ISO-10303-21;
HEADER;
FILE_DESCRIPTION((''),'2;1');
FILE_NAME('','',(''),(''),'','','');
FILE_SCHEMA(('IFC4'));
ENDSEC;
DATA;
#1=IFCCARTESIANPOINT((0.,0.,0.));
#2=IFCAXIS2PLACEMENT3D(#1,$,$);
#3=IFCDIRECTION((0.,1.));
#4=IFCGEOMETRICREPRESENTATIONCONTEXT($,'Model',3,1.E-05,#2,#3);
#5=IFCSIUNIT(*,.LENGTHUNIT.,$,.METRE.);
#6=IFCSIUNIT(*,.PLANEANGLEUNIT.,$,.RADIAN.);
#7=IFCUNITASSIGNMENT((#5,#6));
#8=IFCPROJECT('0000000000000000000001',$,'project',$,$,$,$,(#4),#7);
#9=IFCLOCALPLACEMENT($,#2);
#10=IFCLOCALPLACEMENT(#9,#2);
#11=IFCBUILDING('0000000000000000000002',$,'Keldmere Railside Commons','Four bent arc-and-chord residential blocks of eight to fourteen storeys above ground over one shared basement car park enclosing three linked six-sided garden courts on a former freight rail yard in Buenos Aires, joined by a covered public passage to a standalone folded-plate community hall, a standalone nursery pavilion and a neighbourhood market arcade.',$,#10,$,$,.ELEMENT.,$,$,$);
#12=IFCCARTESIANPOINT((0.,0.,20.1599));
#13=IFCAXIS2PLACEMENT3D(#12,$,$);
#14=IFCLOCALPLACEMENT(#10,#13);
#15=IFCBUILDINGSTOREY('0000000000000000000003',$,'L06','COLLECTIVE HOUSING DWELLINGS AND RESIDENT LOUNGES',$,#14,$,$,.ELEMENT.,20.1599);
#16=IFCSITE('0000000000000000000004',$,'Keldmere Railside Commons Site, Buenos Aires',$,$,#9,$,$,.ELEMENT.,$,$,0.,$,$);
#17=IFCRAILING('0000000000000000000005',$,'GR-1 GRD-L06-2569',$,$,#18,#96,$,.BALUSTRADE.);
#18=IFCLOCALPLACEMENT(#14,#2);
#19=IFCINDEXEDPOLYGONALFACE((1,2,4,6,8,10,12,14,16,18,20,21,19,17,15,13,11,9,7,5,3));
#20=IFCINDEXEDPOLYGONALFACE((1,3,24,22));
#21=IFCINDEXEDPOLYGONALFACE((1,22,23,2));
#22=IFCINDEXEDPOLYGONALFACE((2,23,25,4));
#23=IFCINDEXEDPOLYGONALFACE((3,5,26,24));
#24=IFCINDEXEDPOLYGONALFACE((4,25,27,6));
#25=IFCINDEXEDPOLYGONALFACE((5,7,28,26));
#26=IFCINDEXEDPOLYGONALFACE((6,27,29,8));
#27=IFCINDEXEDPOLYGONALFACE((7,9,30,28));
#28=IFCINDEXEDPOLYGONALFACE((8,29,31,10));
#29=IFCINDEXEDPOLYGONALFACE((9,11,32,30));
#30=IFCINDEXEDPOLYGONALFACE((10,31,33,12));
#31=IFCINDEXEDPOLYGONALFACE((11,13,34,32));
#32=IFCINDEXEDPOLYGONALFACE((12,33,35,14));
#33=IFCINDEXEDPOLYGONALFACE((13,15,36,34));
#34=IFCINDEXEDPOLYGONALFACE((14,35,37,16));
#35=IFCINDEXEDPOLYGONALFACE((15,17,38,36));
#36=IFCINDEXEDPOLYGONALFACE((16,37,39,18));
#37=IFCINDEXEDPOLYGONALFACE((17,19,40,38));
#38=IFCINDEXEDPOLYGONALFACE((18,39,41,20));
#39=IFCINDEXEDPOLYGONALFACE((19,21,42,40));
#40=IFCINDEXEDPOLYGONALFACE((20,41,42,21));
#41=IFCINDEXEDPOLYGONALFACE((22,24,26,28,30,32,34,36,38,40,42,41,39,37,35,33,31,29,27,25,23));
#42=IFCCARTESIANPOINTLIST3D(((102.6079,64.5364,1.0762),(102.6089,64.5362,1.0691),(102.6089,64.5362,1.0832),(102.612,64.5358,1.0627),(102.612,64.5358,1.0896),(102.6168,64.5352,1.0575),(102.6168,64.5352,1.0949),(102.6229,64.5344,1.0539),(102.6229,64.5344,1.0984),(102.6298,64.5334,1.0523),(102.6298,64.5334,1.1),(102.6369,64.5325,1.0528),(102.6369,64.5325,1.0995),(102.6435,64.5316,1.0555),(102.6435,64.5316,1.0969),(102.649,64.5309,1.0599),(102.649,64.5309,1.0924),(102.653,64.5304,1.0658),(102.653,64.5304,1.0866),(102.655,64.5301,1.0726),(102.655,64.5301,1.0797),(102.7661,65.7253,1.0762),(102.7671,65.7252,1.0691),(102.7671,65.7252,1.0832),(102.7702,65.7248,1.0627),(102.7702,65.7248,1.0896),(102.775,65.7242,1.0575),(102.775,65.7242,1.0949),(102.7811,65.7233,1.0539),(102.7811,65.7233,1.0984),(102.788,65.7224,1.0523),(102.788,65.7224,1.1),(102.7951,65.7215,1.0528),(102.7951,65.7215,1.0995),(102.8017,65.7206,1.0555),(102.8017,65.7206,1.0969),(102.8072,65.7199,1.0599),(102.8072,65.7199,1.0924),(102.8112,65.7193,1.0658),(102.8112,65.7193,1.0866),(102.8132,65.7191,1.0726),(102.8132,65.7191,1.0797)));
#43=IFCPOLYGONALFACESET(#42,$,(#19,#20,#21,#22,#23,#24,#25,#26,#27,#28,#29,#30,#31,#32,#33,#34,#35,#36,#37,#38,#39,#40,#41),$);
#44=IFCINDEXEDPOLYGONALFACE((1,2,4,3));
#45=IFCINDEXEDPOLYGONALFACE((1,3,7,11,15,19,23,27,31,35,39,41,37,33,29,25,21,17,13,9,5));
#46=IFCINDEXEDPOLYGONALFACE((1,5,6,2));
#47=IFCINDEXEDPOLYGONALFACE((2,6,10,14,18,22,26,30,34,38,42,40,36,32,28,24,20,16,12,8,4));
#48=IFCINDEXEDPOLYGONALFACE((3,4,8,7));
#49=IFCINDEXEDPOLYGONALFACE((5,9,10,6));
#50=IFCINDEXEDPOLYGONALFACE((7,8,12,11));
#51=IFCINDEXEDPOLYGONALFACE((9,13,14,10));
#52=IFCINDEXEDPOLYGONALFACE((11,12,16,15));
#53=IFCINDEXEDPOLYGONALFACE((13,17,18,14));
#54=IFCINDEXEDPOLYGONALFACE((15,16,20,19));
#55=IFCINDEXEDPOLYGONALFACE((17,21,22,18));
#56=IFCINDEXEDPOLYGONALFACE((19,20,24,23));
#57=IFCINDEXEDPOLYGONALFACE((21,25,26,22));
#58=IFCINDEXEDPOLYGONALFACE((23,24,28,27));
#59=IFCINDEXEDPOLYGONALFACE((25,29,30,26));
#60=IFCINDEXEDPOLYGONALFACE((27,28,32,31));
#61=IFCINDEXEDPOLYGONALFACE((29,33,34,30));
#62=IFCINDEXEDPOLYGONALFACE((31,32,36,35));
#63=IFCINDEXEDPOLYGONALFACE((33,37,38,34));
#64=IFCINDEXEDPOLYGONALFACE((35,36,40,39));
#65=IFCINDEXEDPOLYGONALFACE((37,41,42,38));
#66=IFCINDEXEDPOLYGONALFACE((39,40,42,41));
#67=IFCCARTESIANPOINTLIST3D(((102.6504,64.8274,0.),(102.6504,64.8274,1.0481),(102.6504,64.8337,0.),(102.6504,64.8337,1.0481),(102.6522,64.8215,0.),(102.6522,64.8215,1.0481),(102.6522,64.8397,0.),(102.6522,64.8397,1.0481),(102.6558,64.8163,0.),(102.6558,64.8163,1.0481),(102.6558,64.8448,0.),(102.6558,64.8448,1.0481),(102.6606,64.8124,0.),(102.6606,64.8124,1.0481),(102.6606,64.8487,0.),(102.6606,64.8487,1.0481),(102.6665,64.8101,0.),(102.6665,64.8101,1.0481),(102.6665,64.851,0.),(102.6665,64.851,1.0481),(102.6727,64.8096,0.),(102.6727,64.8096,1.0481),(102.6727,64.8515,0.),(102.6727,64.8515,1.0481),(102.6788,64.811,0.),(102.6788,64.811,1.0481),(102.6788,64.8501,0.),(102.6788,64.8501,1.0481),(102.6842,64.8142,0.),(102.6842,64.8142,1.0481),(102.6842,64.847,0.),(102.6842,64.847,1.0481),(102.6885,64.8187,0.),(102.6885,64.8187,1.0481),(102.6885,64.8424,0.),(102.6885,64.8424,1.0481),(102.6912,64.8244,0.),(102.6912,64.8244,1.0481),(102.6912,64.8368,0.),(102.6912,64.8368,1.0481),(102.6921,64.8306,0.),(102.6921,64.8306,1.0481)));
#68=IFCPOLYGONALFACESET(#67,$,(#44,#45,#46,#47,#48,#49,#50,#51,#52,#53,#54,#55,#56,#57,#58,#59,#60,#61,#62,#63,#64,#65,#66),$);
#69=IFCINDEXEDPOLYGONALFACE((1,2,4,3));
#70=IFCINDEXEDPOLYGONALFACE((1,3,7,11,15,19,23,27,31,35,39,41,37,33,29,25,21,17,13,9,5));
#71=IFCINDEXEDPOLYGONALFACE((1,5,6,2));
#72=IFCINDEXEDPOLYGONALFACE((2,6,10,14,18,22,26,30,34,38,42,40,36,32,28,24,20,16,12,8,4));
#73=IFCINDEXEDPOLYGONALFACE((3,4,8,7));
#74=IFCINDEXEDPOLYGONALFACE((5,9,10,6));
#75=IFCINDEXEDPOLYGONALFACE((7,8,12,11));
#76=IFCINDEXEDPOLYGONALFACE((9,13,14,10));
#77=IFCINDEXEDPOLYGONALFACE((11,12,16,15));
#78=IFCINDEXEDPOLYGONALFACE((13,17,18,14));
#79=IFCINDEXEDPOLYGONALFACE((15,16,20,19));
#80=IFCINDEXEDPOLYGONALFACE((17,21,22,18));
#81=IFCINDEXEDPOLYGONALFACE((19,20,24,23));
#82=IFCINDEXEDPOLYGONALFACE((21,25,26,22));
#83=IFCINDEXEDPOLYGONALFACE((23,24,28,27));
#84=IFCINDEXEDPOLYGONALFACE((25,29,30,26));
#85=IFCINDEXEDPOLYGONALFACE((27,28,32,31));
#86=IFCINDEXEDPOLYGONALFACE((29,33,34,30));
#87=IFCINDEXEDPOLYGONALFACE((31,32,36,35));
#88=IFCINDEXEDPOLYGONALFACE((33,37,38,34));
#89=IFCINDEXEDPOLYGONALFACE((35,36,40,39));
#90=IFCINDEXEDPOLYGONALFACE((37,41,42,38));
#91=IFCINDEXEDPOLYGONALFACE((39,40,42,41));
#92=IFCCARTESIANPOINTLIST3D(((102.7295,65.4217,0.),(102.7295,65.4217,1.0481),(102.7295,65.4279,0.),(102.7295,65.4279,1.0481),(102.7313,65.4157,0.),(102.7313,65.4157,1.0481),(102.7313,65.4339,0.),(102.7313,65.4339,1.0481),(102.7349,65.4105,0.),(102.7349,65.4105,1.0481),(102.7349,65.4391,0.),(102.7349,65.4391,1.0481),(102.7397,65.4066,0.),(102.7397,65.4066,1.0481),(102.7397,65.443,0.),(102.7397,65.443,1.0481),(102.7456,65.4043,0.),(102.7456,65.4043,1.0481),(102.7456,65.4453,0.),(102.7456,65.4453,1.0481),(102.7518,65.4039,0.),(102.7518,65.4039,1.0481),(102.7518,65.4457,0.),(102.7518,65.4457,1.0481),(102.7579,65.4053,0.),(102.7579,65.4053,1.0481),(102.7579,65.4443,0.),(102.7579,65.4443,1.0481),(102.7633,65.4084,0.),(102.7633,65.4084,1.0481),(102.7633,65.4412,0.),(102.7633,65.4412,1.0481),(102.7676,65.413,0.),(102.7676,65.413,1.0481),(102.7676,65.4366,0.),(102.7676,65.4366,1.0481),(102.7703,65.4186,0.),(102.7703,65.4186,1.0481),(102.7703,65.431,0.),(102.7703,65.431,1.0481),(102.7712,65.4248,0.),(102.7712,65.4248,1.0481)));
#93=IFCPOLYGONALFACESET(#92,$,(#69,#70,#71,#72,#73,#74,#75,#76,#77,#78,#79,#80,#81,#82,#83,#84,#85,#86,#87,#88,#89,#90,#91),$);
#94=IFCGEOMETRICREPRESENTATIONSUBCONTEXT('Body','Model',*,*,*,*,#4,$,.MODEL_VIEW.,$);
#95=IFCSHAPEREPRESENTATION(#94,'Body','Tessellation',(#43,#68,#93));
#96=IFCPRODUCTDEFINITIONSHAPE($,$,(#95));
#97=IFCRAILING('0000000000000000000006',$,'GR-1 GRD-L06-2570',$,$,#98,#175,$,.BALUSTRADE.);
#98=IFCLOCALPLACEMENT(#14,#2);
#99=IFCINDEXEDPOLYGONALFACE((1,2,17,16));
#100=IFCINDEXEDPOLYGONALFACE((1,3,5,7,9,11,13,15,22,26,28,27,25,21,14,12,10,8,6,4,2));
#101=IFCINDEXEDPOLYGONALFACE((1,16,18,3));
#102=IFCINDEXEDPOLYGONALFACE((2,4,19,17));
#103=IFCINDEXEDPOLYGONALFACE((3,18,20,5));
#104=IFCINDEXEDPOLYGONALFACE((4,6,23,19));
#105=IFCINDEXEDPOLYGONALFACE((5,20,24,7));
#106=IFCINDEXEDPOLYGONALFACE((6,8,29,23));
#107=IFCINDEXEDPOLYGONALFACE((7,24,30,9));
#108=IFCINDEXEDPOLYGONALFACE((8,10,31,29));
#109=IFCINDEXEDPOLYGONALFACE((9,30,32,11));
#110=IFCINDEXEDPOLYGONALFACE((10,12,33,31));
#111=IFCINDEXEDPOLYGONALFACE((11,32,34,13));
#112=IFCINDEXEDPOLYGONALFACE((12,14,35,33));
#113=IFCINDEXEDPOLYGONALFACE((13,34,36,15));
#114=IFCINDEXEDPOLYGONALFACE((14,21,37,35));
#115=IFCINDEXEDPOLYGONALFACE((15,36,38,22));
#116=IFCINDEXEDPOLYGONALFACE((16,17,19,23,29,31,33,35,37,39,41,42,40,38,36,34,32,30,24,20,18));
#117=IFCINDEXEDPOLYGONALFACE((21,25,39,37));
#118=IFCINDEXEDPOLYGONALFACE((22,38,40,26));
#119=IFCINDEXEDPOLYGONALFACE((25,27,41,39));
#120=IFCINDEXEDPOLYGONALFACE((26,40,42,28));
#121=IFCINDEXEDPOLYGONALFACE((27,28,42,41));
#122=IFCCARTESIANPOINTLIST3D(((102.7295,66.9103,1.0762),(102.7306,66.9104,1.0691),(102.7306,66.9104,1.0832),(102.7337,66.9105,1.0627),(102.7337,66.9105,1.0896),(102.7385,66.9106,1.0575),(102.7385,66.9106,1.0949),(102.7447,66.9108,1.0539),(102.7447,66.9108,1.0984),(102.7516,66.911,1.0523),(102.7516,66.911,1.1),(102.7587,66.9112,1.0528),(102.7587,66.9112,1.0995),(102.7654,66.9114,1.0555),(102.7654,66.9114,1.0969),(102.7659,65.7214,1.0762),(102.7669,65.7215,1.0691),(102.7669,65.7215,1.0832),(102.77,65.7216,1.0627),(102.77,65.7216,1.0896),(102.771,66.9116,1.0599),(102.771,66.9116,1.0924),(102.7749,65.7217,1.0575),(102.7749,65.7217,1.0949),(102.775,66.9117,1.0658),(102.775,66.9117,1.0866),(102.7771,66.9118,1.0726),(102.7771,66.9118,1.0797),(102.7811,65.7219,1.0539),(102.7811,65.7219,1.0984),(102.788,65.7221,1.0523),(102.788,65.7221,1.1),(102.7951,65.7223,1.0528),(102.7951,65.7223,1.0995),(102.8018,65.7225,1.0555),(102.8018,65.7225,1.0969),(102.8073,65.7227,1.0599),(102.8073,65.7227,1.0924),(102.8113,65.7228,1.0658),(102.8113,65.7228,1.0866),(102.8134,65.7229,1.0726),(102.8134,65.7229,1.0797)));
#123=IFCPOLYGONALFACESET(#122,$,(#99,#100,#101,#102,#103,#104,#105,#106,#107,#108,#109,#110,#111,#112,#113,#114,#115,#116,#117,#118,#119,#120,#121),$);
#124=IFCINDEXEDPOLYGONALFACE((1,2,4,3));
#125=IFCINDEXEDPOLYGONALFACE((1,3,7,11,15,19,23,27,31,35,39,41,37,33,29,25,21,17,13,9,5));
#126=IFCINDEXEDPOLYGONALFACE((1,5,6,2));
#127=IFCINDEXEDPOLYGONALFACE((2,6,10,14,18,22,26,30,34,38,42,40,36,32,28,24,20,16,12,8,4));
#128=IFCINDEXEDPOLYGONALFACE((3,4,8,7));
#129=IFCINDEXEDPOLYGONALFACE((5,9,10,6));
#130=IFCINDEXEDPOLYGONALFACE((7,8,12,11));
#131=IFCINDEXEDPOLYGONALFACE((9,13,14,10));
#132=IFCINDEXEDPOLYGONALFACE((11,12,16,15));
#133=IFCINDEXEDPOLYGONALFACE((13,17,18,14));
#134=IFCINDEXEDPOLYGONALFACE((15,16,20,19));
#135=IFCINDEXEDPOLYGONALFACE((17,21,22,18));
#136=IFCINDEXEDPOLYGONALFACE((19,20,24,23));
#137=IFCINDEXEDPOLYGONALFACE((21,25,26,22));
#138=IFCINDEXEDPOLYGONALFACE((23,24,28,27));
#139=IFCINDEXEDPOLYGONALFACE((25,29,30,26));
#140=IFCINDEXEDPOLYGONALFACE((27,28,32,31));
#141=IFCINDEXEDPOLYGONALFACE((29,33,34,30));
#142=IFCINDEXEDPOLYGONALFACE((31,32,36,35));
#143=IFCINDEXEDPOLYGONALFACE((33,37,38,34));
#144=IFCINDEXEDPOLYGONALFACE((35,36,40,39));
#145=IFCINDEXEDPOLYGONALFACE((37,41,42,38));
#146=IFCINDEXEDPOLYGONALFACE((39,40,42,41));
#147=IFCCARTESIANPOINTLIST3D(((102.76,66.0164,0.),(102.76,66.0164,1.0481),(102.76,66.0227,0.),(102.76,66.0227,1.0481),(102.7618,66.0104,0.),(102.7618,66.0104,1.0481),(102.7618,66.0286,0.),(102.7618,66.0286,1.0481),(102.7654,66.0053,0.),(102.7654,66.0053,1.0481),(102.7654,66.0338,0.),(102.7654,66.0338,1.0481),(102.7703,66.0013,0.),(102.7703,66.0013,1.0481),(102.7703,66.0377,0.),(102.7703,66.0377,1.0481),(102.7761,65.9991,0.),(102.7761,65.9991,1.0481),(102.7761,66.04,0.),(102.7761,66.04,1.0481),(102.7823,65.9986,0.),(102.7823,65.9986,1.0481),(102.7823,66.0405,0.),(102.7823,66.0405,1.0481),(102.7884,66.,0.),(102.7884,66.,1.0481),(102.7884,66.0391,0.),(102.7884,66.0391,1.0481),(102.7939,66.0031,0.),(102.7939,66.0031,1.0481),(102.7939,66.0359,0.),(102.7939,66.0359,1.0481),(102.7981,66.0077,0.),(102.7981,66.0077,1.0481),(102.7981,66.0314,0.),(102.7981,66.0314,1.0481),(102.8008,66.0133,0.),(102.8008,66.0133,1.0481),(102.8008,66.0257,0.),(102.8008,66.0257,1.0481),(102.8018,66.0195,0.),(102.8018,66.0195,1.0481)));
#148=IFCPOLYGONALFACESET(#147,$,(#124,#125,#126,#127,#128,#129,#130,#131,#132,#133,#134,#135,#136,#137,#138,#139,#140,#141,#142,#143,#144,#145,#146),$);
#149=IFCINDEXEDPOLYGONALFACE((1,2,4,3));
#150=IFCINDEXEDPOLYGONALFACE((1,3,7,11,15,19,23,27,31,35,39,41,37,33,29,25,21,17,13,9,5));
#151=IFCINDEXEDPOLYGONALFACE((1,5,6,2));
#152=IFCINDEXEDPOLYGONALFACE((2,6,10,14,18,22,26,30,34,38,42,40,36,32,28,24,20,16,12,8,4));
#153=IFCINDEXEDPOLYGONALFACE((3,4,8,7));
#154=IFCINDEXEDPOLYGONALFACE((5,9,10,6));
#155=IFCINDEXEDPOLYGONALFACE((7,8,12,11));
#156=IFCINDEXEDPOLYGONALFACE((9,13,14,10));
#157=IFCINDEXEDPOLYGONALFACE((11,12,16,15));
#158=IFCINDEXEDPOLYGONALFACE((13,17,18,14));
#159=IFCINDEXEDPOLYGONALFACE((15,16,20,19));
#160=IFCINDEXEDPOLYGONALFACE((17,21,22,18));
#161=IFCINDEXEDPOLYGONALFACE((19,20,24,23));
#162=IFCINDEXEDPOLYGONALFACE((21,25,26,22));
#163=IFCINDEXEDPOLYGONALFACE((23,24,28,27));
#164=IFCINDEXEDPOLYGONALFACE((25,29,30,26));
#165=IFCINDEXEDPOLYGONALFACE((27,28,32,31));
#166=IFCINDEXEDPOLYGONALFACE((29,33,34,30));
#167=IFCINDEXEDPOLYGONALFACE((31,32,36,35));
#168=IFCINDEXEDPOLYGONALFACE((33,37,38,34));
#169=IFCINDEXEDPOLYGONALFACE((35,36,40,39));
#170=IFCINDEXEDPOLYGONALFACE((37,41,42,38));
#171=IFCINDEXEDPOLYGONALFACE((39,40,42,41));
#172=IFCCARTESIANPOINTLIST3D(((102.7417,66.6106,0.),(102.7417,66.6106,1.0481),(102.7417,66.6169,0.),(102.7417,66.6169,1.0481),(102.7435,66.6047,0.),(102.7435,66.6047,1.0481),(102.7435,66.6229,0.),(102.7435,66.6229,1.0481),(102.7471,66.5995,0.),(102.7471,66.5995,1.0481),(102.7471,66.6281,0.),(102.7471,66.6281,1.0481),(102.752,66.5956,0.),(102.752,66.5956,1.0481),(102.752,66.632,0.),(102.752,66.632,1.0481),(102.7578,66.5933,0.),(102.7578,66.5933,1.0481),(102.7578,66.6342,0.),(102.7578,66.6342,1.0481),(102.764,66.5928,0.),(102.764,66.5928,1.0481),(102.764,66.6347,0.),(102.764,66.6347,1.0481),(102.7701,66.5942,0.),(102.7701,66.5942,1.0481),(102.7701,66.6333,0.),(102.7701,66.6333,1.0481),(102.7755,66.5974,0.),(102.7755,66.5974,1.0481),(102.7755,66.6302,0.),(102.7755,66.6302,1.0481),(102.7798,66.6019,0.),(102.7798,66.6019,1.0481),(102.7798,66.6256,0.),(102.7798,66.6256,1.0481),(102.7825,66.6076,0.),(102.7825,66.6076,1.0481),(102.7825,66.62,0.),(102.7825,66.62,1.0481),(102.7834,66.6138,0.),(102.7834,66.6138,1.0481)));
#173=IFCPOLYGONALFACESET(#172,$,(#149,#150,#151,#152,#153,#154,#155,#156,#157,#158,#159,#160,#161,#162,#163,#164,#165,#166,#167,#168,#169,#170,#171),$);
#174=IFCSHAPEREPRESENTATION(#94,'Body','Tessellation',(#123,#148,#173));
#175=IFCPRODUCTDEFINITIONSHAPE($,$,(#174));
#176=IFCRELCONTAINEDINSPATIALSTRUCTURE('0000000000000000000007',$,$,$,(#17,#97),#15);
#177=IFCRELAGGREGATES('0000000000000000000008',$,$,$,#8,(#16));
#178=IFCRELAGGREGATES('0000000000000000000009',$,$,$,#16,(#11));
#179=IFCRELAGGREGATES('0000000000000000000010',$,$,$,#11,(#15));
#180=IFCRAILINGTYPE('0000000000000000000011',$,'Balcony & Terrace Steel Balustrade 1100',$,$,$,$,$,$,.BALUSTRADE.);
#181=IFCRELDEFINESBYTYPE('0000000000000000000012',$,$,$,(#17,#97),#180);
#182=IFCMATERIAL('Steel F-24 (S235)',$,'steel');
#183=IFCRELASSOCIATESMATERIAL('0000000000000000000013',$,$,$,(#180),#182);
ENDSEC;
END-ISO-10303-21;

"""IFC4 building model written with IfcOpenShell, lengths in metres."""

from ifc_helpers import new_model, si_unit, direction, frame, origin, origin_2d, place, context, subcontext, project, spatial, circle, extrude, material, type_object, element, save


model = new_model("IFC4")

# Units and contexts
model_context = context("Model", 3, precision=1e-05, world=origin(), true_north=direction((0.0, 1.0)))
body_context = subcontext(model_context, "Body", "Model", "MODEL_VIEW")
ifc_project = project(units=[si_unit("LENGTHUNIT", "METRE"), si_unit("PLANEANGLEUNIT", "RADIAN")], contexts=[model_context])

# Site, building, storey
site_placement = place(None, origin())
site = spatial("IfcSite", under=ifc_project, at=site_placement, Name="Keldmere Railside Commons Site, Buenos Aires", CompositionType="ELEMENT", RefElevation=0.0)
building_placement = place(site_placement, origin())
building = spatial("IfcBuilding", under=site, at=building_placement, Name="Keldmere Railside Commons", Description="Four bent arc-and-chord residential blocks of eight to fourteen storeys above ground over one shared basement car park enclosing three linked six-sided garden courts on a former freight rail yard in Buenos Aires, joined by a covered public passage to a standalone folded-plate community hall, a standalone nursery pavilion and a neighbourhood market arcade.", CompositionType="ELEMENT")
storey_placement = place(building_placement, frame((0.0, 0.0, 20.1599)))
storey = spatial("IfcBuildingStorey", under=building, at=storey_placement, Name="L06", Description="COLLECTIVE HOUSING DWELLINGS AND RESIDENT LOUNGES", CompositionType="ELEMENT", Elevation=20.1599)

# Shared definitions
ifc_material_1 = material(Name="Steel F-24 (S235)", Category="steel")

# Railings
railing_type_1 = type_object("IfcRailingType", Name="Balcony & Terrace Steel Balustrade 1100", PredefinedType="BALUSTRADE", material=ifc_material_1)
railing_1_placement = place(storey_placement, frame((102.6316, 64.5332, 0.0)))
element("IfcRailing", 1, at=railing_1_placement, inside=storey, type_object=railing_type_1, Name="GR-1 GRD-L06-2569", PredefinedType="BALUSTRADE", context=body_context, shape_type="SweptSolid", body=[
    extrude(circle(Radius=0.0239, at=origin_2d()), frame((0.0, 0.0, 1.0762), z_axis=(0.131897, 0.991263, 0.0), x_axis=(-0.991263, 0.131897, 0.0)), (0.0, 0.0, 1.0), 1.1995),
    extrude(circle(Radius=0.021, at=origin_2d()), frame((0.0396, 0.2974, 0.0)), (0.0, 0.0, 1.0), 1.0481),
    extrude(circle(Radius=0.021, at=origin_2d()), frame((0.1187, 0.8916, 0.0)), (0.0, 0.0, 1.0), 1.0481),
])
railing_2_placement = place(storey_placement, frame((102.7898, 65.7222, 0.0)))
element("IfcRailing", 2, at=railing_2_placement, inside=storey, type_object=railing_type_1, Name="GR-1 GRD-L06-2570", PredefinedType="BALUSTRADE", context=body_context, shape_type="SweptSolid", body=[
    extrude(circle(Radius=0.0239, at=origin_2d()), frame((0.0, 0.0, 1.0762), z_axis=(-0.030581, 0.999532, 0.0), x_axis=(-0.999532, -0.030581, 0.0)), (0.0, 0.0, 1.0), 1.1895),
    extrude(circle(Radius=0.021, at=origin_2d()), frame((-0.009, 0.2974, 0.0)), (0.0, 0.0, 1.0), 1.0481),
    extrude(circle(Radius=0.021, at=origin_2d()), frame((-0.0273, 0.8916, 0.0)), (0.0, 0.0, 1.0), 1.0481),
])

save(model, "model.ifc")
